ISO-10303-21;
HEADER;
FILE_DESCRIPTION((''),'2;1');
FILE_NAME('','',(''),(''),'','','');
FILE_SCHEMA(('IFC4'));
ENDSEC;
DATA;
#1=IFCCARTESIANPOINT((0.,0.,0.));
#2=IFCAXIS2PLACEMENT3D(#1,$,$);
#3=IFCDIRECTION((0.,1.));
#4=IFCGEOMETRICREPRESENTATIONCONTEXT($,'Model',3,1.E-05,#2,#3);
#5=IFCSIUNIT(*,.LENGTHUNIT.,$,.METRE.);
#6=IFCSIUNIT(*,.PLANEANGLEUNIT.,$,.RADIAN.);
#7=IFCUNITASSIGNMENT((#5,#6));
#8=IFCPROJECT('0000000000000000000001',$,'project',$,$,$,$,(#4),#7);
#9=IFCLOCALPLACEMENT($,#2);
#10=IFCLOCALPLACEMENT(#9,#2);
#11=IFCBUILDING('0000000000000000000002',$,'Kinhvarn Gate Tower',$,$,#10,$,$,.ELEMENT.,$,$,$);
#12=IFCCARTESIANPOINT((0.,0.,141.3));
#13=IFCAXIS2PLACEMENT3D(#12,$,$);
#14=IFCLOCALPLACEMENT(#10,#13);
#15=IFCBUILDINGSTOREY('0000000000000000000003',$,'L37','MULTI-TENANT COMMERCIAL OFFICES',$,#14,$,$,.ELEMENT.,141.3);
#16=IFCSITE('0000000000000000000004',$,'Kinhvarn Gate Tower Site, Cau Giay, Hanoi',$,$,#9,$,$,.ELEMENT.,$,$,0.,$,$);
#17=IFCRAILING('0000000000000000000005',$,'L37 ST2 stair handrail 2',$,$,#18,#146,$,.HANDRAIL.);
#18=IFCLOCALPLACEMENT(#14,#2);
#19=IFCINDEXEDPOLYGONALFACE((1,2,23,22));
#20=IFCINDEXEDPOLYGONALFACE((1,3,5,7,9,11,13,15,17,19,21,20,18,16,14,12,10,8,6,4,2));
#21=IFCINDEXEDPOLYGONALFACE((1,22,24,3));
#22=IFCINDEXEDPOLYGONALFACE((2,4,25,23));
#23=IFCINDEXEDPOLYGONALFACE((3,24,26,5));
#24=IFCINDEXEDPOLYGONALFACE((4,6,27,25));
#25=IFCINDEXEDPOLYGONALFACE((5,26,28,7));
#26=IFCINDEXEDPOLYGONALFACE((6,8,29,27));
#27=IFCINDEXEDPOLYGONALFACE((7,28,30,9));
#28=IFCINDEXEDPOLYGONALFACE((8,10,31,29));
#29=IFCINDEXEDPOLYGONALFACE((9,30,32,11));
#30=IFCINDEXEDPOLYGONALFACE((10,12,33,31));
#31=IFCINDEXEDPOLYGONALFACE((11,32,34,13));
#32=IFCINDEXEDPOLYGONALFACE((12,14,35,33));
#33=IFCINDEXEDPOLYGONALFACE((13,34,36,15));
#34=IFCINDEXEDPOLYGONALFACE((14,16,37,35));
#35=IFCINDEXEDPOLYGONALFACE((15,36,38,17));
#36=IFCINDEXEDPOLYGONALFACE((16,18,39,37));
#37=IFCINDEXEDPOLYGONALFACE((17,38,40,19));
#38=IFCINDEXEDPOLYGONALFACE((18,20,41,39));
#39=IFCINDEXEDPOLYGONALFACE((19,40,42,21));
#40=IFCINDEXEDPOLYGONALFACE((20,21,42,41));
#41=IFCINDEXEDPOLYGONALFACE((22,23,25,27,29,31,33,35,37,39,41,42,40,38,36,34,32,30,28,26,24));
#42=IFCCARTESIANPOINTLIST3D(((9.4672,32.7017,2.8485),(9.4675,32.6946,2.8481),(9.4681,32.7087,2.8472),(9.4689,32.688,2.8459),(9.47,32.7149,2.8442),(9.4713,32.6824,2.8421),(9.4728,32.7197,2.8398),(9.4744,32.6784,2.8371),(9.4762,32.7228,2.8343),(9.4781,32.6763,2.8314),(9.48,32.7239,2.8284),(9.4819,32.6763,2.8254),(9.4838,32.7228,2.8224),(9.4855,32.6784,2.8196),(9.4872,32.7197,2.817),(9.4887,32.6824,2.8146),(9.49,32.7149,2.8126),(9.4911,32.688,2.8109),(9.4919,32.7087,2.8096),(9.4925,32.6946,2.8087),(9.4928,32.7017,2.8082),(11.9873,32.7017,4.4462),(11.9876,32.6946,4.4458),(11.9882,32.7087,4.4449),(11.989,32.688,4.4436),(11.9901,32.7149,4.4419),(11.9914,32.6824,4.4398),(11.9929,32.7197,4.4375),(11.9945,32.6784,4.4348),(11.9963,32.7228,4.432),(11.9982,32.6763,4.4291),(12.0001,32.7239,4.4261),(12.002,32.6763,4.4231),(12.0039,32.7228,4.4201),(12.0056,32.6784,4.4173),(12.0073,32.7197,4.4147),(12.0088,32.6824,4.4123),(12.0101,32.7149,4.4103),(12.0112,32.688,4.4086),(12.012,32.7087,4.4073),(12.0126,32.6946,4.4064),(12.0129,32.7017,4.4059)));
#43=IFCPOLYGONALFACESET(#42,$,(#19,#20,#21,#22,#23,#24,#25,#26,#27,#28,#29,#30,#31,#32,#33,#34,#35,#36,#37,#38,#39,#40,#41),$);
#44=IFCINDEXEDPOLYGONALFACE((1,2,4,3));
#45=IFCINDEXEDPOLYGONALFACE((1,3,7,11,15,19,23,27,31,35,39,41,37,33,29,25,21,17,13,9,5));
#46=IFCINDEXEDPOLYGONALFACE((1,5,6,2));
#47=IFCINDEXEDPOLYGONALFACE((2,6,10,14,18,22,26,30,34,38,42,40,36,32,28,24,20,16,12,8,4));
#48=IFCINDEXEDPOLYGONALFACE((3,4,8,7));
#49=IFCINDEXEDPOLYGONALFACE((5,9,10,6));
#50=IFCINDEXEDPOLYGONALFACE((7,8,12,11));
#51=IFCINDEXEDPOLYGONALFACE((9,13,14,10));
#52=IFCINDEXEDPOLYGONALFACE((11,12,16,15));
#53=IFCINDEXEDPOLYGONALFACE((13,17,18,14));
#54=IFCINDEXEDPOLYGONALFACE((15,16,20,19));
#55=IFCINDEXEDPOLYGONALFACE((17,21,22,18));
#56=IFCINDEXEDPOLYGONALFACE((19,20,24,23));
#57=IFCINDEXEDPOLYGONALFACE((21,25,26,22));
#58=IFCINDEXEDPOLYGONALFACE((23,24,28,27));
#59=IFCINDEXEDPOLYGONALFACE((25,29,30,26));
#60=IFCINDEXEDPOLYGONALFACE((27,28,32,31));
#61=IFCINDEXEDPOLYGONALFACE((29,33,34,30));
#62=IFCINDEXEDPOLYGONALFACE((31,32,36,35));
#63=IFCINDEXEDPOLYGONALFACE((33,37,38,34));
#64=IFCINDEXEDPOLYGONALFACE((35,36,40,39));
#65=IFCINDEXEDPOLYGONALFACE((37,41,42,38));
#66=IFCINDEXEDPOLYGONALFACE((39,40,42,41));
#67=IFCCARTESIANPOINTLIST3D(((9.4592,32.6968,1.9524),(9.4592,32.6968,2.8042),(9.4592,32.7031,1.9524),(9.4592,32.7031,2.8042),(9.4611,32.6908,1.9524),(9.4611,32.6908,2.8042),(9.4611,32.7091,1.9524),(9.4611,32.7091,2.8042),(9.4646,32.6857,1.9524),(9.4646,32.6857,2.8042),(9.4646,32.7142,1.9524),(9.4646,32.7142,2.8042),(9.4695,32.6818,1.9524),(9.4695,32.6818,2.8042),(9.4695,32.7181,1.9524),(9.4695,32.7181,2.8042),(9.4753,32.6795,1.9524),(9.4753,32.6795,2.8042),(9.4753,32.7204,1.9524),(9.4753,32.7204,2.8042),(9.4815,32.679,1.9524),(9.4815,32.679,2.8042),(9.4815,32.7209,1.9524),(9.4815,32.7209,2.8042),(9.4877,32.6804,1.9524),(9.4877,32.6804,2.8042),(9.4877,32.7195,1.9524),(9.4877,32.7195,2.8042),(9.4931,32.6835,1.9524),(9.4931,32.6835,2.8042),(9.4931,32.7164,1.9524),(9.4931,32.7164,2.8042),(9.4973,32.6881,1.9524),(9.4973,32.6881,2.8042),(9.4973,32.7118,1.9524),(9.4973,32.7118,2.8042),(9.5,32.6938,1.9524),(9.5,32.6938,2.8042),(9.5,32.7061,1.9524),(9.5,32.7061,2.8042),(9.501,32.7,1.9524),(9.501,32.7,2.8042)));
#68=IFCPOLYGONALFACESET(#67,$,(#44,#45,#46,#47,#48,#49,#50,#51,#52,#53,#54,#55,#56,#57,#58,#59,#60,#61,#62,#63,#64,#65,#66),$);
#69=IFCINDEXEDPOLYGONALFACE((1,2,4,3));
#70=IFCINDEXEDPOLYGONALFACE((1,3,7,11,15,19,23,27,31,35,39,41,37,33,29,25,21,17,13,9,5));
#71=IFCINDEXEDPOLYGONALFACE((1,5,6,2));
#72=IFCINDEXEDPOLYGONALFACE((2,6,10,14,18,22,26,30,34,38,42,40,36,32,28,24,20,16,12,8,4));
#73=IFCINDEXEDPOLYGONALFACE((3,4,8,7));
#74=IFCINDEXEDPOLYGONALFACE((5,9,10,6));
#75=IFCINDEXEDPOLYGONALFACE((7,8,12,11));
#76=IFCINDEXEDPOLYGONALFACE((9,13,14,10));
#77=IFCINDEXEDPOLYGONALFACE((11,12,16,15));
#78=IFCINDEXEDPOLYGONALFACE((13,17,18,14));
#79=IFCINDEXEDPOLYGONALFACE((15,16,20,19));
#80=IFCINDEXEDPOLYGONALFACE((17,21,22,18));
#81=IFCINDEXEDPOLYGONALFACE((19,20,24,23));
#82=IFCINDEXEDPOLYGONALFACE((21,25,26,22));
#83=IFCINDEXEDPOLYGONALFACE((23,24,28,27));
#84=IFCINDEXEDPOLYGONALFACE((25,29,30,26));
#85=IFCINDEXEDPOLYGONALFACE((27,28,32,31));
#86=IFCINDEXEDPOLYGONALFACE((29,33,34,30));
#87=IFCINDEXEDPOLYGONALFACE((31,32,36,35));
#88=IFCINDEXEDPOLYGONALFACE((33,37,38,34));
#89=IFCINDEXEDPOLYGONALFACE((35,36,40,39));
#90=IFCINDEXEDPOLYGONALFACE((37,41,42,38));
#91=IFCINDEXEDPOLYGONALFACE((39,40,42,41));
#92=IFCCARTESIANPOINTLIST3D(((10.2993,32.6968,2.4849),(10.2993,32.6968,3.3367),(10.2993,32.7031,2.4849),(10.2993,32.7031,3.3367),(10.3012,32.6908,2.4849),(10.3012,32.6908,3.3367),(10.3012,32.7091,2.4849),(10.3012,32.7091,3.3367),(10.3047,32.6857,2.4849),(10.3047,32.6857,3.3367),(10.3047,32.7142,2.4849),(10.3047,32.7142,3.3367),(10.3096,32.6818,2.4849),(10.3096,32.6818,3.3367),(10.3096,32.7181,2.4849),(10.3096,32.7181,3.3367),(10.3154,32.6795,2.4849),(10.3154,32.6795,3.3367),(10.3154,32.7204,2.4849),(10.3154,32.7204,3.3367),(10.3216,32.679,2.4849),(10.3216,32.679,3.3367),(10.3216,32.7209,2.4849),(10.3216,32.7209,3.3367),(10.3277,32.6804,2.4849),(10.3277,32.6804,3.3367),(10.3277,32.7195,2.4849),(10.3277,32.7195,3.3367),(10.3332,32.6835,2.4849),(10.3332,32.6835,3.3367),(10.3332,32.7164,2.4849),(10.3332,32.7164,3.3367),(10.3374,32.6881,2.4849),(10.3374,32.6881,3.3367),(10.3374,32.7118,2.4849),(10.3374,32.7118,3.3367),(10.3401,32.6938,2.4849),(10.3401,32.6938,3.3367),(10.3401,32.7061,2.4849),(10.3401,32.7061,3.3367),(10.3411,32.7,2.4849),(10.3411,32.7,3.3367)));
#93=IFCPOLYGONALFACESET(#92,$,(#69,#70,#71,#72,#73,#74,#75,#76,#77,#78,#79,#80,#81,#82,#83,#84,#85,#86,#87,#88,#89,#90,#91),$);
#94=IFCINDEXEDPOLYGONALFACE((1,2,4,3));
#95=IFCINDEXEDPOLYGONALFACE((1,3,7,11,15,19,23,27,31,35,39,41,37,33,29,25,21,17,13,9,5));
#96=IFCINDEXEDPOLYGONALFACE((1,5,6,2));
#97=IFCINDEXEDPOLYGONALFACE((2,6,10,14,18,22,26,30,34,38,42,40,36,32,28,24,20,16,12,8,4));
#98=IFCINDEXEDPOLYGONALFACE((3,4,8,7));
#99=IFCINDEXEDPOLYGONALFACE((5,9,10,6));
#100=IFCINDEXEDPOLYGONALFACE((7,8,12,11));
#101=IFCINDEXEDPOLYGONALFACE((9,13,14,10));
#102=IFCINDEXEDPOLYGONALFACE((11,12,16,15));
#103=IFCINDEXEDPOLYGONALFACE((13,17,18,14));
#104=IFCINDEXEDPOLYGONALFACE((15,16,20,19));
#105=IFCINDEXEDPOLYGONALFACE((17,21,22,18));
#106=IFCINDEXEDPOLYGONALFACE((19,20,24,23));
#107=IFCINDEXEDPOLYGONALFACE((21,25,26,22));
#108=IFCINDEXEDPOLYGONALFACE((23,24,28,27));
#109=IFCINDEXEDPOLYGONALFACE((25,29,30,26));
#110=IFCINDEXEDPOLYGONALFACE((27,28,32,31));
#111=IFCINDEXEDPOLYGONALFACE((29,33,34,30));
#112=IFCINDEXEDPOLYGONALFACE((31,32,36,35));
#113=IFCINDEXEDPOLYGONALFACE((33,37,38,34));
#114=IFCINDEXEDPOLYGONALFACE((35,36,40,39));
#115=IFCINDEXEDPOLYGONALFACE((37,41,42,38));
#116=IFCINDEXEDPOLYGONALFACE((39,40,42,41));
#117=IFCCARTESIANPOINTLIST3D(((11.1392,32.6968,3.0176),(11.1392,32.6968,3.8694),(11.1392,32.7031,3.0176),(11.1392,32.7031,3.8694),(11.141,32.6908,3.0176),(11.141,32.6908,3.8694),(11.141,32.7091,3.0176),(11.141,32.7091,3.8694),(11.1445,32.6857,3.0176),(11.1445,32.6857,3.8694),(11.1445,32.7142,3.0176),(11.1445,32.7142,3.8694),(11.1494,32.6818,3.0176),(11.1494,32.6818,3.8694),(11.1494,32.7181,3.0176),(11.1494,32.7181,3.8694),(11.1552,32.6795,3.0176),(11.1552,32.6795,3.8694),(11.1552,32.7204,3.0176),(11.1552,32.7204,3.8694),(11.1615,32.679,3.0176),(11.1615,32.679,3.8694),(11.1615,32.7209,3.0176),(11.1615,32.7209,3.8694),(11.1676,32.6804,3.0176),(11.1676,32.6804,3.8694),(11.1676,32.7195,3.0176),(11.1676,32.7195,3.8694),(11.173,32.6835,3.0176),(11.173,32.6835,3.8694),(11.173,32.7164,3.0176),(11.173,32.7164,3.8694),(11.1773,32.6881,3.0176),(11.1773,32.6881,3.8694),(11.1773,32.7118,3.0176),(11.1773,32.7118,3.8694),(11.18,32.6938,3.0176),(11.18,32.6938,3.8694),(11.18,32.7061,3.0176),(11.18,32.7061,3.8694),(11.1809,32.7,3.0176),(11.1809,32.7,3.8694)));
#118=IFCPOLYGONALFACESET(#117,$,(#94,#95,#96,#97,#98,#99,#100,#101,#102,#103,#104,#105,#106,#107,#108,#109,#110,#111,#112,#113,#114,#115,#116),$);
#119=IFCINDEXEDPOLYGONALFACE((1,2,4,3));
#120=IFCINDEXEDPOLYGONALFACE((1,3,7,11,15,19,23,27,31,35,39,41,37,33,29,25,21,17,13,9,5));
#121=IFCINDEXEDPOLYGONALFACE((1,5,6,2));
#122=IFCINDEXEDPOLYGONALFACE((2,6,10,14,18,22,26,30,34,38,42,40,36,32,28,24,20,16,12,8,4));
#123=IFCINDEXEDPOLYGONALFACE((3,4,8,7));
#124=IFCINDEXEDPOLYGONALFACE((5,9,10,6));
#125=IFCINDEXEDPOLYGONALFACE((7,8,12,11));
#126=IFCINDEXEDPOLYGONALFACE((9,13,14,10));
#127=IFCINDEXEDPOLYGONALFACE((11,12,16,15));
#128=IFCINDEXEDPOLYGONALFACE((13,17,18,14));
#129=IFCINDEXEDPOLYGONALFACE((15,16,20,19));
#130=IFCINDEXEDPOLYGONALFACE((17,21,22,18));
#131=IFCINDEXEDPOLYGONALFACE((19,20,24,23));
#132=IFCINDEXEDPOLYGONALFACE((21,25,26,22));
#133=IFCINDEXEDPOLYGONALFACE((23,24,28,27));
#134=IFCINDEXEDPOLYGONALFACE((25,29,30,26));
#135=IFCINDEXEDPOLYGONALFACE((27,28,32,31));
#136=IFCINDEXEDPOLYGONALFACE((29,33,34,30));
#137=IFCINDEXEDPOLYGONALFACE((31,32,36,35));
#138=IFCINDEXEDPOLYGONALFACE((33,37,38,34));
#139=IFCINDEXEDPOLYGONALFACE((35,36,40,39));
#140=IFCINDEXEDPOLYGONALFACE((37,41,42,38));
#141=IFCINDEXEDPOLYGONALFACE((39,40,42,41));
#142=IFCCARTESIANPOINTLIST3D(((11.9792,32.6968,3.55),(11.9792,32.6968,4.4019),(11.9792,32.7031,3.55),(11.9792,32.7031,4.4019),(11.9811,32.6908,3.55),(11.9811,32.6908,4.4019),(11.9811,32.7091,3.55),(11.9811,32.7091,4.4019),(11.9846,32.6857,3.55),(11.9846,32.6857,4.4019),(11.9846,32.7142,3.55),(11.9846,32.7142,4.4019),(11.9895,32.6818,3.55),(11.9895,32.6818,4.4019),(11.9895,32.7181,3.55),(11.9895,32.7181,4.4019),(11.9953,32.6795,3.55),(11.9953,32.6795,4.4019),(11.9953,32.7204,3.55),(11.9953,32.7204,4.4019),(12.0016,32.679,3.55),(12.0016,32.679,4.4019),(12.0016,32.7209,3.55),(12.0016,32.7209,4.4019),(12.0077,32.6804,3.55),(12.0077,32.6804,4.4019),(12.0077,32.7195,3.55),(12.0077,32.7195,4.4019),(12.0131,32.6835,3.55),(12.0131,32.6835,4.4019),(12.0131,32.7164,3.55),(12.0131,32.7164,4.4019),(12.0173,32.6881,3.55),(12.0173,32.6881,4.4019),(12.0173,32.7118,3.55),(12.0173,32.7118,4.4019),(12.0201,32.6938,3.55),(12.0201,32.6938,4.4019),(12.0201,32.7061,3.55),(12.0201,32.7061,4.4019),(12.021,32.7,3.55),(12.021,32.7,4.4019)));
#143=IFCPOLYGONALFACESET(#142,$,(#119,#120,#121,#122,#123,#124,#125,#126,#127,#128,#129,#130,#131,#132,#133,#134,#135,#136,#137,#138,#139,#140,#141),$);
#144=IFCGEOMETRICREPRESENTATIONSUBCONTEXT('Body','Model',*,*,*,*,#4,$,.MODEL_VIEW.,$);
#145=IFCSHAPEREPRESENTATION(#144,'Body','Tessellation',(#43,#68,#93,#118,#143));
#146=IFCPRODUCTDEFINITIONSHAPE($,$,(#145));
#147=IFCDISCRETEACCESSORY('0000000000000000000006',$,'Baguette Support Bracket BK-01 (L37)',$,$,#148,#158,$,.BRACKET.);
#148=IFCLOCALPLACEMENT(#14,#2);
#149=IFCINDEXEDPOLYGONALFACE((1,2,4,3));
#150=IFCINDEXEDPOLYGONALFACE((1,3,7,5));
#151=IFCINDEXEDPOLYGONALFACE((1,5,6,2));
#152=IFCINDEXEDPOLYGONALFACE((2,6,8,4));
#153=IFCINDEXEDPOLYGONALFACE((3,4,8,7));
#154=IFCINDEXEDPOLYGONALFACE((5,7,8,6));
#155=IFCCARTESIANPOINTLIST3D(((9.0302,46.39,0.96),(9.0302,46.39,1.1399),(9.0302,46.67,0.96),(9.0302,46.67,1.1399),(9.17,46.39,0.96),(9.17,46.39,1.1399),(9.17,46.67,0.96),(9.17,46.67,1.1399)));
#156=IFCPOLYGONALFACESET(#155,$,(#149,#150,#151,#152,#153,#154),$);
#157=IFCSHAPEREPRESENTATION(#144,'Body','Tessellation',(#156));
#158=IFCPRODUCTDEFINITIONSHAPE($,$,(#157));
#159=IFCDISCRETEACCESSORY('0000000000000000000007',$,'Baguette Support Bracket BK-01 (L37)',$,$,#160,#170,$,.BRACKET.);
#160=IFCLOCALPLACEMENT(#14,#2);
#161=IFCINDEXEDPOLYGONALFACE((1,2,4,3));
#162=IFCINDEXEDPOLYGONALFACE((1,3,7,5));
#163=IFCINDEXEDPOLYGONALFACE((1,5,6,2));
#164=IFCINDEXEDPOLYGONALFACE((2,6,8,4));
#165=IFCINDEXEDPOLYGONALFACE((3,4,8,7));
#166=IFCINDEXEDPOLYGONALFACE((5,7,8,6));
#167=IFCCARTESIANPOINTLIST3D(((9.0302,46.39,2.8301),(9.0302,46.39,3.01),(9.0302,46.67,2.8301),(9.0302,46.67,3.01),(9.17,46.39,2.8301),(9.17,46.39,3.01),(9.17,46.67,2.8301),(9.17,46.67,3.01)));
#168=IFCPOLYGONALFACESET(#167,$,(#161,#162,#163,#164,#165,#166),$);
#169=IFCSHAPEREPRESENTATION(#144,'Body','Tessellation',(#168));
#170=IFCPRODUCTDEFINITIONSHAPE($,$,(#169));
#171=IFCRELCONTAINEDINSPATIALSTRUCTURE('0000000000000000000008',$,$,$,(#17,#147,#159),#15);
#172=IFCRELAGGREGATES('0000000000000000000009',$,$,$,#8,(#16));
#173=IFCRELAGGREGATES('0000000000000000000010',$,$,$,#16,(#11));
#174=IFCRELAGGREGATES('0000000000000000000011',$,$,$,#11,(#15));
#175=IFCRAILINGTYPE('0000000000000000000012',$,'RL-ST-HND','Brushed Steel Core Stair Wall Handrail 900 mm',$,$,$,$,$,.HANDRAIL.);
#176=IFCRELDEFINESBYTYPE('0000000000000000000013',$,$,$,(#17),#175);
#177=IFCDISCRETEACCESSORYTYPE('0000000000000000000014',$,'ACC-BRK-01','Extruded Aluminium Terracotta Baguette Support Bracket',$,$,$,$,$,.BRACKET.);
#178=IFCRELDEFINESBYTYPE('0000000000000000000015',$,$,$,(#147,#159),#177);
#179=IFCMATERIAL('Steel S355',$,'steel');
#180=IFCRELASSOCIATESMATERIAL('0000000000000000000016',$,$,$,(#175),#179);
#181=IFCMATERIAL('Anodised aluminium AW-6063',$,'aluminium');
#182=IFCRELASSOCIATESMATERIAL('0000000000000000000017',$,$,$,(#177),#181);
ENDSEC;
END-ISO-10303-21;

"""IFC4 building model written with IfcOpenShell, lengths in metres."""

from ifc_helpers import new_model, si_unit, direction, frame, origin, origin_2d, place, context, subcontext, project, spatial, rectangle, circle, extrude, material, type_object, element, save


model = new_model("IFC4")

# Units and contexts
model_context = context("Model", 3, precision=1e-05, world=origin(), true_north=direction((0.0, 1.0)))
body_context = subcontext(model_context, "Body", "Model", "MODEL_VIEW")
ifc_project = project(units=[si_unit("LENGTHUNIT", "METRE"), si_unit("PLANEANGLEUNIT", "RADIAN")], contexts=[model_context])

# Site, building, storey
site_placement = place(None, origin())
site = spatial("IfcSite", under=ifc_project, at=site_placement, Name="Kinhvarn Gate Tower Site, Cau Giay, Hanoi", CompositionType="ELEMENT", RefElevation=0.0)
building_placement = place(site_placement, origin())
building = spatial("IfcBuilding", under=site, at=building_placement, Name="Kinhvarn Gate Tower", CompositionType="ELEMENT")
storey_placement = place(building_placement, frame((0.0, 0.0, 141.3)))
storey = spatial("IfcBuildingStorey", under=building, at=storey_placement, Name="L37", Description="MULTI-TENANT COMMERCIAL OFFICES", CompositionType="ELEMENT", Elevation=141.3)

# Shared definitions
ifc_material_1 = material(Name="Anodised aluminium AW-6063", Category="aluminium")

# Shared definitions
ifc_material_2 = material(Name="Steel S355", Category="steel")

# Railing
railing_type_1 = type_object("IfcRailingType", Name="RL-ST-HND", Description="Brushed Steel Core Stair Wall Handrail 900 mm", PredefinedType="HANDRAIL", material=ifc_material_2)
railing_1_placement = place(storey_placement, frame((9.48, 32.7, 1.9524)))
element("IfcRailing", 1, at=railing_1_placement, inside=storey, type_object=railing_type_1, Name="L37 ST2 stair handrail 2", PredefinedType="HANDRAIL", context=body_context, shape_type="SweptSolid", body=[
    extrude(circle(Radius=0.0239, at=origin_2d()), frame((0.0, 0.0, 0.876), z_axis=(0.84457, 0.0, 0.535445), x_axis=(0.0, 1.0, 0.0)), (0.0, 0.0, 1.0), 2.9839),
    extrude(circle(Radius=0.021, at=origin_2d()), origin(), (0.0, 0.0, 1.0), 0.8518),
    extrude(circle(Radius=0.021, at=origin_2d()), frame((0.8401, 0.0, 0.5325)), (0.0, 0.0, 1.0), 0.8518),
    extrude(circle(Radius=0.021, at=origin_2d()), frame((1.6799, 0.0, 1.0652)), (0.0, 0.0, 1.0), 0.8518),
    extrude(circle(Radius=0.021, at=origin_2d()), frame((2.52, 0.0, 1.5977)), (0.0, 0.0, 1.0), 0.8518),
])

# Discrete accessories
discrete_accessory_type = type_object("IfcDiscreteAccessoryType", Name="ACC-BRK-01", Description="Extruded Aluminium Terracotta Baguette Support Bracket", PredefinedType="BRACKET", material=ifc_material_1)
for number, where, z_axis, x_axis, name in (
    (2, (9.1001, 46.53, 0.96), (0.0, 0.0, 1.0), (-1.0, 0.0, 0.0), "Baguette Support Bracket BK-01 (L37)"),
    (3, (9.1001, 46.53, 2.8301), (0.0, 0.0, 1.0), (-1.0, 0.0, 0.0), "Baguette Support Bracket BK-01 (L37)"),
):
    element("IfcDiscreteAccessory", number, at=place(storey_placement, frame(where, z_axis=z_axis, x_axis=x_axis)), inside=storey, type_object=discrete_accessory_type, Name=name, PredefinedType="BRACKET", context=body_context, shape_type="SweptSolid", body=[
        extrude(rectangle(XDim=0.1399, YDim=0.28, at=origin_2d()), origin(), (0.0, 0.0, 1.0), 0.1799),
    ])

save(model, "model.ifc")
